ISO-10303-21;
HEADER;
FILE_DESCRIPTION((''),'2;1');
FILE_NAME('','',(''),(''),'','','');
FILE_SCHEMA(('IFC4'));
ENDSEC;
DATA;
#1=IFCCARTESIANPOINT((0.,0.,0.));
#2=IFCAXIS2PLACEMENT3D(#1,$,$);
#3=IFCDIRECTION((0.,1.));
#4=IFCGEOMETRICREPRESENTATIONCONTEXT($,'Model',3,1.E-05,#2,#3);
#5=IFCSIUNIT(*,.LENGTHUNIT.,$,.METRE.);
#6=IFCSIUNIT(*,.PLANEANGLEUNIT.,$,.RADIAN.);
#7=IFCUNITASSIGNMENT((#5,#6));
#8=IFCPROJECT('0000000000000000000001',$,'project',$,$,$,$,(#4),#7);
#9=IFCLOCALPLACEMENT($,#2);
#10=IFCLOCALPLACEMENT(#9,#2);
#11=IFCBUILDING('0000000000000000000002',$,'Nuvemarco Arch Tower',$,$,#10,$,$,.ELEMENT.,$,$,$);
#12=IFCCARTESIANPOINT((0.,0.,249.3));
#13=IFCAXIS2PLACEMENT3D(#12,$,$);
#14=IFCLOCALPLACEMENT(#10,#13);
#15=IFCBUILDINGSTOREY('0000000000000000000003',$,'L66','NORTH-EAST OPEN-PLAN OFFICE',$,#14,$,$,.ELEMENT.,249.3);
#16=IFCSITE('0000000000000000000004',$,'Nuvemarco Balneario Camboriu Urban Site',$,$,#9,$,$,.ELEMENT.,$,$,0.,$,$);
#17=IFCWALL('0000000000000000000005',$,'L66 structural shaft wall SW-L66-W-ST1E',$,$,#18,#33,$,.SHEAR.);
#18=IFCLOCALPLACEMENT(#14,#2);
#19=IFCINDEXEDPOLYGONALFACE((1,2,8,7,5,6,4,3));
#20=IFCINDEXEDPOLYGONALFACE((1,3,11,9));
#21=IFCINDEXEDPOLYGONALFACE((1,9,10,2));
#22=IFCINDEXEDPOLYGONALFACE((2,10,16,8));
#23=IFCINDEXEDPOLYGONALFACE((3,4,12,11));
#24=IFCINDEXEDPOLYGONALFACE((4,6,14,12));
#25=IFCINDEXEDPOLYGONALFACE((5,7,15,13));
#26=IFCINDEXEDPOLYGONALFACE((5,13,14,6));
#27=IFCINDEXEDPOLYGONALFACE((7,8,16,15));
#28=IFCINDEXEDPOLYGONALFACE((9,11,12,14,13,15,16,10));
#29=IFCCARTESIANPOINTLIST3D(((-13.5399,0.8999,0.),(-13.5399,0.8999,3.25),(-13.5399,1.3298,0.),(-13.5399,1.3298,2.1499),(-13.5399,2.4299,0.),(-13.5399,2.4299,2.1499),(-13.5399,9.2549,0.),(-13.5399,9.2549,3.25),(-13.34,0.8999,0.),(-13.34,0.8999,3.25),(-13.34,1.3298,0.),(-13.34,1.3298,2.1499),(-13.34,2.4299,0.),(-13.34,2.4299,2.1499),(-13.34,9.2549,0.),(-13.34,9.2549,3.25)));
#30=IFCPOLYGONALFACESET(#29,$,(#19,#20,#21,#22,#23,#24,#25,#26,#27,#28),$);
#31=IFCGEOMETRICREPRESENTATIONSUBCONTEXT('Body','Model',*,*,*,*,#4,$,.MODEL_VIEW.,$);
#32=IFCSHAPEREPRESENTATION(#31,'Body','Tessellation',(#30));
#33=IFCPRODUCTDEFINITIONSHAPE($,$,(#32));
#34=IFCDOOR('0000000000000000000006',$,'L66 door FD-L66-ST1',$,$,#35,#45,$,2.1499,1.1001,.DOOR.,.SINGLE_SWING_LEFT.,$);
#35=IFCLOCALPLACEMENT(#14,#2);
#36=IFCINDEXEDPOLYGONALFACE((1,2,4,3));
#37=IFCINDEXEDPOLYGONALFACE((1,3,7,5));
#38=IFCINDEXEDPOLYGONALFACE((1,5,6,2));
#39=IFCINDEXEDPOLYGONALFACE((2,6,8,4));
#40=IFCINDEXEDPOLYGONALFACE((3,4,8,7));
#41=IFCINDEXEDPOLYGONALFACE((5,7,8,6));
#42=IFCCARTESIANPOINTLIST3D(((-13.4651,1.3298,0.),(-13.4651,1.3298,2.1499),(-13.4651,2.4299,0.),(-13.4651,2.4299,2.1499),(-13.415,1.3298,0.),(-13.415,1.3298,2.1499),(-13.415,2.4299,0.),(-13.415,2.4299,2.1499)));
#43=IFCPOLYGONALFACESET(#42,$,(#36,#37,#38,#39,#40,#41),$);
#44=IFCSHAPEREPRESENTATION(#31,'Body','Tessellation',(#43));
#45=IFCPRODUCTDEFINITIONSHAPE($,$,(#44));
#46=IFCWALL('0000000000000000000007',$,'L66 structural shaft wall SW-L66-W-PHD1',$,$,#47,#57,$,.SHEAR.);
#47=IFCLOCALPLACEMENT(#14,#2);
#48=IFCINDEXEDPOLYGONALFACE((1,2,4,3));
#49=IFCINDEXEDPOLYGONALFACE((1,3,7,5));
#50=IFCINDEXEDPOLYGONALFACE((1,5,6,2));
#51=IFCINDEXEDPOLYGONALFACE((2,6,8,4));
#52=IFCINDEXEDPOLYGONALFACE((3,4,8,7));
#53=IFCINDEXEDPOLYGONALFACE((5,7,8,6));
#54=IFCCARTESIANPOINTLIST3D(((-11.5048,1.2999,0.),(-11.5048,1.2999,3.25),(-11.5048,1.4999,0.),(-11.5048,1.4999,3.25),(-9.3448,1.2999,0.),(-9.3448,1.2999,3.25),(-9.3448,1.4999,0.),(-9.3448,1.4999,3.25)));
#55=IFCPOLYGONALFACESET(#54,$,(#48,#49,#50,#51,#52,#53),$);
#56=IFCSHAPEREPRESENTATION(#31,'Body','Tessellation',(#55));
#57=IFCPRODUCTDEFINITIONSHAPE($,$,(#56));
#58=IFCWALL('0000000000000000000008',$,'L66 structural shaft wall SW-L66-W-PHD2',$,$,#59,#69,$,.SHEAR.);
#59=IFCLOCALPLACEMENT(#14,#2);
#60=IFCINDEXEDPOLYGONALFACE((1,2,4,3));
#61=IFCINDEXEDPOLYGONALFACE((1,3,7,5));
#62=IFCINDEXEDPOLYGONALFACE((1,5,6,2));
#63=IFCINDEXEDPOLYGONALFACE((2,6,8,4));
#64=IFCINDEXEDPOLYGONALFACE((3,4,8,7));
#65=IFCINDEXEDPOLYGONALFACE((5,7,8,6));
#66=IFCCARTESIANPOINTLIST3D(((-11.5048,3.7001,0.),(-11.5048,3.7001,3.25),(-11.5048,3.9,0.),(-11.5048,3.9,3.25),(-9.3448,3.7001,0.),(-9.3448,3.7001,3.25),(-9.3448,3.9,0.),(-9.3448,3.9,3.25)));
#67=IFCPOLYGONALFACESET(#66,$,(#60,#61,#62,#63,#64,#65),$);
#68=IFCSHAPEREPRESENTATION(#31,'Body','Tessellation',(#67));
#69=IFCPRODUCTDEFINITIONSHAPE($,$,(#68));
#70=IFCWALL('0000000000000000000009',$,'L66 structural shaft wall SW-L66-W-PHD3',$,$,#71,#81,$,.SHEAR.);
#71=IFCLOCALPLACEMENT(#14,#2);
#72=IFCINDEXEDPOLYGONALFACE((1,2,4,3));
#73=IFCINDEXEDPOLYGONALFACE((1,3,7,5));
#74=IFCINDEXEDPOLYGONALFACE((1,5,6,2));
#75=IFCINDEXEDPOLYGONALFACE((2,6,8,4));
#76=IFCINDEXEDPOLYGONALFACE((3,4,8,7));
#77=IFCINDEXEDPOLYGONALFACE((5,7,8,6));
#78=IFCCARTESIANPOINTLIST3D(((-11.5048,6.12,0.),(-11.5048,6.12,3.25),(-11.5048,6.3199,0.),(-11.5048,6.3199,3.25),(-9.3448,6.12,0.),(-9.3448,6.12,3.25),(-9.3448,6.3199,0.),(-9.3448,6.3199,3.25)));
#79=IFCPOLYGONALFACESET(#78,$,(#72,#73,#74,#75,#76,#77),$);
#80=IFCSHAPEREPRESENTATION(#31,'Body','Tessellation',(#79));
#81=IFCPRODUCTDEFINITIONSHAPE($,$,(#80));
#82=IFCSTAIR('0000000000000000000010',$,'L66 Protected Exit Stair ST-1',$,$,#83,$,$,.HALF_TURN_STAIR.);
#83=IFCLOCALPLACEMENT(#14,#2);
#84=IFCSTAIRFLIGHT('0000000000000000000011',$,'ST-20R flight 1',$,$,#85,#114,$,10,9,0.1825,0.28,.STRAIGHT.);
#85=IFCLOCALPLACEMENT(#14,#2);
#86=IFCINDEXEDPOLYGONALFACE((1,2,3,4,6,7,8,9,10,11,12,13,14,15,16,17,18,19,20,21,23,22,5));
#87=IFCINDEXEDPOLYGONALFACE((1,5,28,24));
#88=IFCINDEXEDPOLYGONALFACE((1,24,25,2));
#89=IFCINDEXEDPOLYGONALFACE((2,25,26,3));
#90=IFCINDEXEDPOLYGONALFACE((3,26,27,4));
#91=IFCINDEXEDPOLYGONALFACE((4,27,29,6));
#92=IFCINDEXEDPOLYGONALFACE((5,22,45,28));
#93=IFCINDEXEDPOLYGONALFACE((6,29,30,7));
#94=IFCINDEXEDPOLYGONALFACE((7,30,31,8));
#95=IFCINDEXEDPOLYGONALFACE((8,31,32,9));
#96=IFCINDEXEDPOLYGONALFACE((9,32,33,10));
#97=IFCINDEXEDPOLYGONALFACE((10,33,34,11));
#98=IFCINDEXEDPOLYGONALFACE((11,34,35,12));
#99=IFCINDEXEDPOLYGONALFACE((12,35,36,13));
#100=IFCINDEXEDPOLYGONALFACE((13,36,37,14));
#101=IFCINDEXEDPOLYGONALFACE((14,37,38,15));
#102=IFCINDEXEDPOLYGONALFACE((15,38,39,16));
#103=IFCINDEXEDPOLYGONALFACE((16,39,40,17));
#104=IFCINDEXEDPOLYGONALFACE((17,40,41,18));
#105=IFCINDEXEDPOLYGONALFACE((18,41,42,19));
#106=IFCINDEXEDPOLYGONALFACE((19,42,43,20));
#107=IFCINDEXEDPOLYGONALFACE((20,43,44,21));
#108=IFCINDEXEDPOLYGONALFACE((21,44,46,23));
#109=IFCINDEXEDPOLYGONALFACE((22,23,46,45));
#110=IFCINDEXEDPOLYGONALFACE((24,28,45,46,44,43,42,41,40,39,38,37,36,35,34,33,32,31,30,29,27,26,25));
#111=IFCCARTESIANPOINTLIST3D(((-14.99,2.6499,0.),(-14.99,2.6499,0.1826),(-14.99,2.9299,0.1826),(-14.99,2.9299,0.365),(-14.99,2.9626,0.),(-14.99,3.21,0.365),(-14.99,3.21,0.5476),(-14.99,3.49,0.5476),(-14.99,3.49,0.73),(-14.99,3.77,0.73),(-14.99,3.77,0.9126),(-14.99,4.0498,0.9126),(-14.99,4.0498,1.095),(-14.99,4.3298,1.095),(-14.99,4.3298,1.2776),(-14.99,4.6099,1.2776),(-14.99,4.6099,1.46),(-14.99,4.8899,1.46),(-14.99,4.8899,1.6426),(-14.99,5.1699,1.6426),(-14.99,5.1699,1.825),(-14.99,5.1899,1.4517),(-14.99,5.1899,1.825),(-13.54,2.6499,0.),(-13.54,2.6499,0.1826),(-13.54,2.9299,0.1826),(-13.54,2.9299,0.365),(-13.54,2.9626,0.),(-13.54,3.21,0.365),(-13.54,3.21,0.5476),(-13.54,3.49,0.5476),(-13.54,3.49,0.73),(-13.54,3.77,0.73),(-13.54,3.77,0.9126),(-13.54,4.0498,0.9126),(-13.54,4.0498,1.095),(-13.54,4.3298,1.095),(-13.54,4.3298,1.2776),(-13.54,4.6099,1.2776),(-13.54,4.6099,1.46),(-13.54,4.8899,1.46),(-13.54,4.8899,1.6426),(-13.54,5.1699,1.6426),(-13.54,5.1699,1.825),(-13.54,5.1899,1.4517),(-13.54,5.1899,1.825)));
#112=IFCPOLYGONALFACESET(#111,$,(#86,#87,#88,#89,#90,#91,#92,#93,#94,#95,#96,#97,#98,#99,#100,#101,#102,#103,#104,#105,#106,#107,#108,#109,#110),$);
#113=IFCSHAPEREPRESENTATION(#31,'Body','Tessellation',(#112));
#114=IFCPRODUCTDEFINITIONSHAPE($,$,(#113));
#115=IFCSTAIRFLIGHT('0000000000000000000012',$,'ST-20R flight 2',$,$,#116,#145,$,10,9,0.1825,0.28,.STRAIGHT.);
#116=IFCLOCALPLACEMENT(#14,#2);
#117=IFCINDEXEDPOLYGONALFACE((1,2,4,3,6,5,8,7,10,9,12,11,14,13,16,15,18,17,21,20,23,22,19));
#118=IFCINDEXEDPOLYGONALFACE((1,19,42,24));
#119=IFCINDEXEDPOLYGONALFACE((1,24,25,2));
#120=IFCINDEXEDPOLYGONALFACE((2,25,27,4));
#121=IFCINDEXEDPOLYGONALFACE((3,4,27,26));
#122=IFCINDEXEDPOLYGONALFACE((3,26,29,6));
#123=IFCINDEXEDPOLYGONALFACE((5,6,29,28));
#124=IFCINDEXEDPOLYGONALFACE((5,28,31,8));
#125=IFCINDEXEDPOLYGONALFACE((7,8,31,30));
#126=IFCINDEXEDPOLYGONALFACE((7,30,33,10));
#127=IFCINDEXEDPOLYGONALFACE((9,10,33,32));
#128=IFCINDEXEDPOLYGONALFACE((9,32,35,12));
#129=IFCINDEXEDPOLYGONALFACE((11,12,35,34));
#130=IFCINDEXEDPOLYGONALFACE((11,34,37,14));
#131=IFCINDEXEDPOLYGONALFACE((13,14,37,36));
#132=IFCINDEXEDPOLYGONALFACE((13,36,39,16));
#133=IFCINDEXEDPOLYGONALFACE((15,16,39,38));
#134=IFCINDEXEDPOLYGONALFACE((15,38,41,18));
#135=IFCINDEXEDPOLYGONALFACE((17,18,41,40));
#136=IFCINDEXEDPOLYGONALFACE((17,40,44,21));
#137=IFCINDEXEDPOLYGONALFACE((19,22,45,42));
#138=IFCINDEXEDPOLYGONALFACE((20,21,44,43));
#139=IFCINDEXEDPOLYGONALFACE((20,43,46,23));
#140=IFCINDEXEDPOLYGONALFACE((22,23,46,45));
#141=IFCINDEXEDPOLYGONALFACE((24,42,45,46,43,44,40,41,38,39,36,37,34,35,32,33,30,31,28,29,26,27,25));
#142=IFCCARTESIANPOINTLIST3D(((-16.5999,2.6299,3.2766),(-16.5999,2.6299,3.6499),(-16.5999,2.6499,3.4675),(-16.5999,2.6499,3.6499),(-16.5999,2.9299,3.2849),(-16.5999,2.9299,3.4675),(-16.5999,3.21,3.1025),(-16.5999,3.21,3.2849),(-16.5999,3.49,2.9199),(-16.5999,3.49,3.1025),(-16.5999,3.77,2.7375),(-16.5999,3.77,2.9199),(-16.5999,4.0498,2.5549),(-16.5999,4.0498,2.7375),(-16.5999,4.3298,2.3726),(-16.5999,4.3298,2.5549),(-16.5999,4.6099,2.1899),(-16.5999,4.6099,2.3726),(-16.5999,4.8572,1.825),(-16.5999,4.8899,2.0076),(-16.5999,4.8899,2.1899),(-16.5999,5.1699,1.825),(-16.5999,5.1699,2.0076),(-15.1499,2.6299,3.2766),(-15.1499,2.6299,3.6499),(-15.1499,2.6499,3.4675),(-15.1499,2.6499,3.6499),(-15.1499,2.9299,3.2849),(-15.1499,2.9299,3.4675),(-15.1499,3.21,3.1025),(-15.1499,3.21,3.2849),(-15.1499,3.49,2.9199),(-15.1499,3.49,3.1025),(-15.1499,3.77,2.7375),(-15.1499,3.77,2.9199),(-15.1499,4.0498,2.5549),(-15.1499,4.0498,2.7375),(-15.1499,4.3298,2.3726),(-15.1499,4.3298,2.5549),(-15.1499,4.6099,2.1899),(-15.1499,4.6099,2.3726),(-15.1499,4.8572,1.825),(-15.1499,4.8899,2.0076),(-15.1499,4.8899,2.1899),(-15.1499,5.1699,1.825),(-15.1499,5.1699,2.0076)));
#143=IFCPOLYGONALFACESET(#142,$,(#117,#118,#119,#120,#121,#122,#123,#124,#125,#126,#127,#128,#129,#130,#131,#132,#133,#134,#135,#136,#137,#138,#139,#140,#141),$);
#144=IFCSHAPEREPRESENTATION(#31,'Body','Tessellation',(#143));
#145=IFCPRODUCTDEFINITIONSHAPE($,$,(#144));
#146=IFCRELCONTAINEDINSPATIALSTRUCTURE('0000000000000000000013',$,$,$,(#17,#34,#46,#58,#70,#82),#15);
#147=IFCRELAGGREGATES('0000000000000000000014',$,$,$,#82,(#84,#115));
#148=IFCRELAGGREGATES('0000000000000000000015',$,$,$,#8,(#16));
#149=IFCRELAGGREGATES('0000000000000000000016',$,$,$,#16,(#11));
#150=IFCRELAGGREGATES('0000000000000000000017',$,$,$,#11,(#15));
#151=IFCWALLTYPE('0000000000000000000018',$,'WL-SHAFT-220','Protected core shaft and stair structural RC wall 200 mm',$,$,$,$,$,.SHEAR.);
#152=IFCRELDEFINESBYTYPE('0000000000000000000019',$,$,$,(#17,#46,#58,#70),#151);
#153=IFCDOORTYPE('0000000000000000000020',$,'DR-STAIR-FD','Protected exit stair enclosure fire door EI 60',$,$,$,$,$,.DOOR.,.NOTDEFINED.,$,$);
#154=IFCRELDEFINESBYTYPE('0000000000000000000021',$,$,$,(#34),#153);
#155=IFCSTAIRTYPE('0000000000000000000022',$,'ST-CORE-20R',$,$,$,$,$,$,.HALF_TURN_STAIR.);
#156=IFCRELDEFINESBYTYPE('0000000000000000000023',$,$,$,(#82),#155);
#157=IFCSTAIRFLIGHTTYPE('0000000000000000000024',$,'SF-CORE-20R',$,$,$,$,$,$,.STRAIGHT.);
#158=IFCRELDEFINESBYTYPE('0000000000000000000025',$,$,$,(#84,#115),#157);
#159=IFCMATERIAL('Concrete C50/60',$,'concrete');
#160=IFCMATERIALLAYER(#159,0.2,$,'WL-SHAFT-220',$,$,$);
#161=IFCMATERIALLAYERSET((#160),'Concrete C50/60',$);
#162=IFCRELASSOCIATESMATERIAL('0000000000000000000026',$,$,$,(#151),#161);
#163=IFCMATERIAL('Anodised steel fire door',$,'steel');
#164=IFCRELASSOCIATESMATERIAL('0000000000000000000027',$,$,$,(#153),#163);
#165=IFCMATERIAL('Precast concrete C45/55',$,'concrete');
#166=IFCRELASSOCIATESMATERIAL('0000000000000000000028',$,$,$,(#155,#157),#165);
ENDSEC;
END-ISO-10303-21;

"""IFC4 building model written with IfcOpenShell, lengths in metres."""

from ifc_helpers import new_model, si_unit, direction, frame, frame_2d, origin, place, context, subcontext, project, spatial, polyline, rectangle, outline, extrude, source, transform, mapped, material, layer, layer_set, type_object, type_shapes, element, fill, aggregate, save


model = new_model("IFC4")

# Units and contexts
model_context = context("Model", 3, precision=1e-05, world=origin(), true_north=direction((0.0, 1.0)))
body_context = subcontext(model_context, "Body", "Model", "MODEL_VIEW")
ifc_project = project(units=[si_unit("LENGTHUNIT", "METRE"), si_unit("PLANEANGLEUNIT", "RADIAN")], contexts=[model_context])

# Site, building, storey
site_placement = place(None, origin())
site = spatial("IfcSite", under=ifc_project, at=site_placement, Name="Nuvemarco Balneario Camboriu Urban Site", CompositionType="ELEMENT", RefElevation=0.0)
building_placement = place(site_placement, origin())
building = spatial("IfcBuilding", under=site, at=building_placement, Name="Nuvemarco Arch Tower", CompositionType="ELEMENT")
storey_placement = place(building_placement, frame((0.0, 0.0, 249.3)))
storey = spatial("IfcBuildingStorey", under=building, at=storey_placement, Name="L66", Description="NORTH-EAST OPEN-PLAN OFFICE", CompositionType="ELEMENT", Elevation=249.3)

# Shared definitions
ifc_material_1 = material(Name="Concrete C50/60", Category="concrete")

# Wall, opening, door
ifc_layer_1 = layer(ifc_material_1, 0.2, Name="WL-SHAFT-220")
ifc_layer_set_1 = layer_set([ifc_layer_1], Name="Concrete C50/60")
wall_type_1 = type_object("IfcWallType", Name="WL-SHAFT-220", Description="Protected core shaft and stair structural RC wall 200 mm", PredefinedType="SHEAR", material=ifc_layer_set_1)
wall_1_placement = place(storey_placement, frame((-13.4399, 0.8999, 0.0), z_axis=(0.0, 0.0, 1.0), x_axis=(0.0, 1.0, 0.0)))
wall_1 = element("IfcWall", 1, at=wall_1_placement, inside=storey, type_object=wall_type_1, Name="L66 structural shaft wall SW-L66-W-ST1E", PredefinedType="SHEAR", context=body_context, shape_type="SweptSolid", body=[
    extrude(rectangle(XDim=8.355, YDim=0.2, at=frame_2d((4.1775, 0.0))), origin(), (0.0, 0.0, 1.0), 3.25),
])
opening_1_placement = place(wall_1_placement, frame((1.53, 0.0, 0.0), z_axis=(0.0, 0.0, 1.0), x_axis=(-1.0, 0.0, 0.0)))
opening_1 = element("IfcOpeningElement", 2, at=opening_1_placement, cuts=wall_1, PredefinedType="OPENING", context=body_context, shape_type="SweptSolid", body=[
    extrude(rectangle(XDim=1.1001, YDim=2.1499, at=frame_2d((0.55, 1.075))), frame((0.0, 0.1099, 0.0), z_axis=(0.0, -1.0, 0.0), x_axis=(1.0, 0.0, 0.0)), (0.0, 0.0, 1.0), 0.22),
])
ifc_material_2 = material(Name="Anodised steel fire door", Category="steel")
door_type_1 = type_object("IfcDoorType", Name="DR-STAIR-FD", Description="Protected exit stair enclosure fire door EI 60", OperationType="NOTDEFINED", PredefinedType="DOOR", material=ifc_material_2)
shared_shape_1 = source(origin(), body_context, "Body", "SweptSolid", [
    extrude(rectangle(XDim=1.1001, YDim=2.1499, at=frame_2d((0.55, 1.075))), frame((0.0, 0.0249, 0.0), z_axis=(0.0, -1.0, 0.0), x_axis=(1.0, 0.0, 0.0)), (0.0, 0.0, 1.0), 0.05),
])
type_shapes(door_type_1, [shared_shape_1])
door_1_placement = place(opening_1_placement, origin())
door_1 = element("IfcDoor", 3, at=door_1_placement, inside=storey, type_object=door_type_1, Name="L66 door FD-L66-ST1", OperationType="SINGLE_SWING_LEFT", OverallHeight=2.1499, OverallWidth=1.1001, PredefinedType="DOOR", context=body_context, shape_type="MappedRepresentation", body=[
    mapped(shared_shape_1, transform((0.0, 0.0, 0.0), scale=1.0)),
])
fill(opening_1, door_1)

# Walls
for number, where, z_axis, x_axis, name in (
    (4, (-11.5049, 1.3999, 0.0), (0.0, 0.0, 1.0), (1.0, 0.0, 0.0), "L66 structural shaft wall SW-L66-W-PHD1"),
    (5, (-11.5049, 3.8, 0.0), (0.0, 0.0, 1.0), (1.0, 0.0, 0.0), "L66 structural shaft wall SW-L66-W-PHD2"),
    (6, (-11.5049, 6.22, 0.0), (0.0, 0.0, 1.0), (1.0, 0.0, 0.0), "L66 structural shaft wall SW-L66-W-PHD3"),
):
    element("IfcWall", number, at=place(storey_placement, frame(where, z_axis=z_axis, x_axis=x_axis)), inside=storey, type_object=wall_type_1, Name=name, PredefinedType="SHEAR", context=body_context, shape_type="SweptSolid", body=[
        extrude(rectangle(XDim=2.1599, YDim=0.2, at=frame_2d((1.0801, 0.0))), origin(), (0.0, 0.0, 1.0), 3.25),
    ])

# Stair, stair flights
ifc_material_3 = material(Name="Precast concrete C45/55", Category="concrete")
stair_type = type_object("IfcStairType", Name="ST-CORE-20R", PredefinedType="HALF_TURN_STAIR", material=ifc_material_3)
stair_placement = place(storey_placement, origin())
stair = element("IfcStair", 7, at=stair_placement, inside=storey, type_object=stair_type, Name="L66 Protected Exit Stair ST-1", PredefinedType="HALF_TURN_STAIR")
stair_flight_type = type_object("IfcStairFlightType", Name="SF-CORE-20R", PredefinedType="STRAIGHT", material=ifc_material_3)
stair_flight_1_placement = place(storey_placement, frame((-14.2649, 2.6499, 0.0), z_axis=(0.0, 0.0, 1.0), x_axis=(0.0, 1.0, 0.0)))
stair_flight_1 = element("IfcStairFlight", 8, at=stair_flight_1_placement, type_object=stair_flight_type, Name="ST-20R flight 1", NumberOfRisers=10, NumberOfTreads=9, PredefinedType="STRAIGHT", RiserHeight=0.1825, TreadLength=0.28, context=body_context, shape_type="SweptSolid", body=[
    extrude(outline(polyline([(0.0, 0.0), (0.0, 0.1826), (0.28, 0.1826), (0.28, 0.365), (0.5601, 0.365), (0.5601, 0.5476), (0.8401, 0.5476), (0.8401, 0.73), (1.1201, 0.73), (1.1201, 0.9126), (1.3999, 0.9126), (1.3999, 1.095), (1.6799, 1.095), (1.6799, 1.2776), (1.96, 1.2776), (1.96, 1.46), (2.24, 1.46), (2.24, 1.6426), (2.52, 1.6426), (2.52, 1.825), (2.54, 1.825), (2.54, 1.4517), (0.3127, 0.0), (0.0, 0.0)])), frame((0.0, 0.7251, 0.0), z_axis=(0.0, -1.0, 0.0), x_axis=(1.0, 0.0, 0.0)), (0.0, 0.0, 1.0), 1.45),
])
stair_flight_2_placement = place(storey_placement, frame((-15.875, 5.1699, 1.825), z_axis=(0.0, 0.0, 1.0), x_axis=(0.0, -1.0, 0.0)))
stair_flight_2 = element("IfcStairFlight", 9, at=stair_flight_2_placement, type_object=stair_flight_type, Name="ST-20R flight 2", NumberOfRisers=10, NumberOfTreads=9, PredefinedType="STRAIGHT", RiserHeight=0.1825, TreadLength=0.28, context=body_context, shape_type="SweptSolid", body=[
    extrude(outline(polyline([(0.0, 0.0), (0.0, 0.1826), (0.28, 0.1826), (0.28, 0.365), (0.5601, 0.365), (0.5601, 0.5476), (0.8401, 0.5476), (0.8401, 0.73), (1.1201, 0.73), (1.1201, 0.9126), (1.3999, 0.9126), (1.3999, 1.095), (1.6799, 1.095), (1.6799, 1.2776), (1.96, 1.2776), (1.96, 1.46), (2.24, 1.46), (2.24, 1.6426), (2.52, 1.6426), (2.52, 1.825), (2.54, 1.825), (2.54, 1.4517), (0.3127, 0.0), (0.0, 0.0)])), frame((0.0, 0.7251, 0.0), z_axis=(0.0, -1.0, 0.0), x_axis=(1.0, 0.0, 0.0)), (0.0, 0.0, 1.0), 1.45),
])
aggregate(stair, [stair_flight_1, stair_flight_2])

save(model, "model.ifc")
